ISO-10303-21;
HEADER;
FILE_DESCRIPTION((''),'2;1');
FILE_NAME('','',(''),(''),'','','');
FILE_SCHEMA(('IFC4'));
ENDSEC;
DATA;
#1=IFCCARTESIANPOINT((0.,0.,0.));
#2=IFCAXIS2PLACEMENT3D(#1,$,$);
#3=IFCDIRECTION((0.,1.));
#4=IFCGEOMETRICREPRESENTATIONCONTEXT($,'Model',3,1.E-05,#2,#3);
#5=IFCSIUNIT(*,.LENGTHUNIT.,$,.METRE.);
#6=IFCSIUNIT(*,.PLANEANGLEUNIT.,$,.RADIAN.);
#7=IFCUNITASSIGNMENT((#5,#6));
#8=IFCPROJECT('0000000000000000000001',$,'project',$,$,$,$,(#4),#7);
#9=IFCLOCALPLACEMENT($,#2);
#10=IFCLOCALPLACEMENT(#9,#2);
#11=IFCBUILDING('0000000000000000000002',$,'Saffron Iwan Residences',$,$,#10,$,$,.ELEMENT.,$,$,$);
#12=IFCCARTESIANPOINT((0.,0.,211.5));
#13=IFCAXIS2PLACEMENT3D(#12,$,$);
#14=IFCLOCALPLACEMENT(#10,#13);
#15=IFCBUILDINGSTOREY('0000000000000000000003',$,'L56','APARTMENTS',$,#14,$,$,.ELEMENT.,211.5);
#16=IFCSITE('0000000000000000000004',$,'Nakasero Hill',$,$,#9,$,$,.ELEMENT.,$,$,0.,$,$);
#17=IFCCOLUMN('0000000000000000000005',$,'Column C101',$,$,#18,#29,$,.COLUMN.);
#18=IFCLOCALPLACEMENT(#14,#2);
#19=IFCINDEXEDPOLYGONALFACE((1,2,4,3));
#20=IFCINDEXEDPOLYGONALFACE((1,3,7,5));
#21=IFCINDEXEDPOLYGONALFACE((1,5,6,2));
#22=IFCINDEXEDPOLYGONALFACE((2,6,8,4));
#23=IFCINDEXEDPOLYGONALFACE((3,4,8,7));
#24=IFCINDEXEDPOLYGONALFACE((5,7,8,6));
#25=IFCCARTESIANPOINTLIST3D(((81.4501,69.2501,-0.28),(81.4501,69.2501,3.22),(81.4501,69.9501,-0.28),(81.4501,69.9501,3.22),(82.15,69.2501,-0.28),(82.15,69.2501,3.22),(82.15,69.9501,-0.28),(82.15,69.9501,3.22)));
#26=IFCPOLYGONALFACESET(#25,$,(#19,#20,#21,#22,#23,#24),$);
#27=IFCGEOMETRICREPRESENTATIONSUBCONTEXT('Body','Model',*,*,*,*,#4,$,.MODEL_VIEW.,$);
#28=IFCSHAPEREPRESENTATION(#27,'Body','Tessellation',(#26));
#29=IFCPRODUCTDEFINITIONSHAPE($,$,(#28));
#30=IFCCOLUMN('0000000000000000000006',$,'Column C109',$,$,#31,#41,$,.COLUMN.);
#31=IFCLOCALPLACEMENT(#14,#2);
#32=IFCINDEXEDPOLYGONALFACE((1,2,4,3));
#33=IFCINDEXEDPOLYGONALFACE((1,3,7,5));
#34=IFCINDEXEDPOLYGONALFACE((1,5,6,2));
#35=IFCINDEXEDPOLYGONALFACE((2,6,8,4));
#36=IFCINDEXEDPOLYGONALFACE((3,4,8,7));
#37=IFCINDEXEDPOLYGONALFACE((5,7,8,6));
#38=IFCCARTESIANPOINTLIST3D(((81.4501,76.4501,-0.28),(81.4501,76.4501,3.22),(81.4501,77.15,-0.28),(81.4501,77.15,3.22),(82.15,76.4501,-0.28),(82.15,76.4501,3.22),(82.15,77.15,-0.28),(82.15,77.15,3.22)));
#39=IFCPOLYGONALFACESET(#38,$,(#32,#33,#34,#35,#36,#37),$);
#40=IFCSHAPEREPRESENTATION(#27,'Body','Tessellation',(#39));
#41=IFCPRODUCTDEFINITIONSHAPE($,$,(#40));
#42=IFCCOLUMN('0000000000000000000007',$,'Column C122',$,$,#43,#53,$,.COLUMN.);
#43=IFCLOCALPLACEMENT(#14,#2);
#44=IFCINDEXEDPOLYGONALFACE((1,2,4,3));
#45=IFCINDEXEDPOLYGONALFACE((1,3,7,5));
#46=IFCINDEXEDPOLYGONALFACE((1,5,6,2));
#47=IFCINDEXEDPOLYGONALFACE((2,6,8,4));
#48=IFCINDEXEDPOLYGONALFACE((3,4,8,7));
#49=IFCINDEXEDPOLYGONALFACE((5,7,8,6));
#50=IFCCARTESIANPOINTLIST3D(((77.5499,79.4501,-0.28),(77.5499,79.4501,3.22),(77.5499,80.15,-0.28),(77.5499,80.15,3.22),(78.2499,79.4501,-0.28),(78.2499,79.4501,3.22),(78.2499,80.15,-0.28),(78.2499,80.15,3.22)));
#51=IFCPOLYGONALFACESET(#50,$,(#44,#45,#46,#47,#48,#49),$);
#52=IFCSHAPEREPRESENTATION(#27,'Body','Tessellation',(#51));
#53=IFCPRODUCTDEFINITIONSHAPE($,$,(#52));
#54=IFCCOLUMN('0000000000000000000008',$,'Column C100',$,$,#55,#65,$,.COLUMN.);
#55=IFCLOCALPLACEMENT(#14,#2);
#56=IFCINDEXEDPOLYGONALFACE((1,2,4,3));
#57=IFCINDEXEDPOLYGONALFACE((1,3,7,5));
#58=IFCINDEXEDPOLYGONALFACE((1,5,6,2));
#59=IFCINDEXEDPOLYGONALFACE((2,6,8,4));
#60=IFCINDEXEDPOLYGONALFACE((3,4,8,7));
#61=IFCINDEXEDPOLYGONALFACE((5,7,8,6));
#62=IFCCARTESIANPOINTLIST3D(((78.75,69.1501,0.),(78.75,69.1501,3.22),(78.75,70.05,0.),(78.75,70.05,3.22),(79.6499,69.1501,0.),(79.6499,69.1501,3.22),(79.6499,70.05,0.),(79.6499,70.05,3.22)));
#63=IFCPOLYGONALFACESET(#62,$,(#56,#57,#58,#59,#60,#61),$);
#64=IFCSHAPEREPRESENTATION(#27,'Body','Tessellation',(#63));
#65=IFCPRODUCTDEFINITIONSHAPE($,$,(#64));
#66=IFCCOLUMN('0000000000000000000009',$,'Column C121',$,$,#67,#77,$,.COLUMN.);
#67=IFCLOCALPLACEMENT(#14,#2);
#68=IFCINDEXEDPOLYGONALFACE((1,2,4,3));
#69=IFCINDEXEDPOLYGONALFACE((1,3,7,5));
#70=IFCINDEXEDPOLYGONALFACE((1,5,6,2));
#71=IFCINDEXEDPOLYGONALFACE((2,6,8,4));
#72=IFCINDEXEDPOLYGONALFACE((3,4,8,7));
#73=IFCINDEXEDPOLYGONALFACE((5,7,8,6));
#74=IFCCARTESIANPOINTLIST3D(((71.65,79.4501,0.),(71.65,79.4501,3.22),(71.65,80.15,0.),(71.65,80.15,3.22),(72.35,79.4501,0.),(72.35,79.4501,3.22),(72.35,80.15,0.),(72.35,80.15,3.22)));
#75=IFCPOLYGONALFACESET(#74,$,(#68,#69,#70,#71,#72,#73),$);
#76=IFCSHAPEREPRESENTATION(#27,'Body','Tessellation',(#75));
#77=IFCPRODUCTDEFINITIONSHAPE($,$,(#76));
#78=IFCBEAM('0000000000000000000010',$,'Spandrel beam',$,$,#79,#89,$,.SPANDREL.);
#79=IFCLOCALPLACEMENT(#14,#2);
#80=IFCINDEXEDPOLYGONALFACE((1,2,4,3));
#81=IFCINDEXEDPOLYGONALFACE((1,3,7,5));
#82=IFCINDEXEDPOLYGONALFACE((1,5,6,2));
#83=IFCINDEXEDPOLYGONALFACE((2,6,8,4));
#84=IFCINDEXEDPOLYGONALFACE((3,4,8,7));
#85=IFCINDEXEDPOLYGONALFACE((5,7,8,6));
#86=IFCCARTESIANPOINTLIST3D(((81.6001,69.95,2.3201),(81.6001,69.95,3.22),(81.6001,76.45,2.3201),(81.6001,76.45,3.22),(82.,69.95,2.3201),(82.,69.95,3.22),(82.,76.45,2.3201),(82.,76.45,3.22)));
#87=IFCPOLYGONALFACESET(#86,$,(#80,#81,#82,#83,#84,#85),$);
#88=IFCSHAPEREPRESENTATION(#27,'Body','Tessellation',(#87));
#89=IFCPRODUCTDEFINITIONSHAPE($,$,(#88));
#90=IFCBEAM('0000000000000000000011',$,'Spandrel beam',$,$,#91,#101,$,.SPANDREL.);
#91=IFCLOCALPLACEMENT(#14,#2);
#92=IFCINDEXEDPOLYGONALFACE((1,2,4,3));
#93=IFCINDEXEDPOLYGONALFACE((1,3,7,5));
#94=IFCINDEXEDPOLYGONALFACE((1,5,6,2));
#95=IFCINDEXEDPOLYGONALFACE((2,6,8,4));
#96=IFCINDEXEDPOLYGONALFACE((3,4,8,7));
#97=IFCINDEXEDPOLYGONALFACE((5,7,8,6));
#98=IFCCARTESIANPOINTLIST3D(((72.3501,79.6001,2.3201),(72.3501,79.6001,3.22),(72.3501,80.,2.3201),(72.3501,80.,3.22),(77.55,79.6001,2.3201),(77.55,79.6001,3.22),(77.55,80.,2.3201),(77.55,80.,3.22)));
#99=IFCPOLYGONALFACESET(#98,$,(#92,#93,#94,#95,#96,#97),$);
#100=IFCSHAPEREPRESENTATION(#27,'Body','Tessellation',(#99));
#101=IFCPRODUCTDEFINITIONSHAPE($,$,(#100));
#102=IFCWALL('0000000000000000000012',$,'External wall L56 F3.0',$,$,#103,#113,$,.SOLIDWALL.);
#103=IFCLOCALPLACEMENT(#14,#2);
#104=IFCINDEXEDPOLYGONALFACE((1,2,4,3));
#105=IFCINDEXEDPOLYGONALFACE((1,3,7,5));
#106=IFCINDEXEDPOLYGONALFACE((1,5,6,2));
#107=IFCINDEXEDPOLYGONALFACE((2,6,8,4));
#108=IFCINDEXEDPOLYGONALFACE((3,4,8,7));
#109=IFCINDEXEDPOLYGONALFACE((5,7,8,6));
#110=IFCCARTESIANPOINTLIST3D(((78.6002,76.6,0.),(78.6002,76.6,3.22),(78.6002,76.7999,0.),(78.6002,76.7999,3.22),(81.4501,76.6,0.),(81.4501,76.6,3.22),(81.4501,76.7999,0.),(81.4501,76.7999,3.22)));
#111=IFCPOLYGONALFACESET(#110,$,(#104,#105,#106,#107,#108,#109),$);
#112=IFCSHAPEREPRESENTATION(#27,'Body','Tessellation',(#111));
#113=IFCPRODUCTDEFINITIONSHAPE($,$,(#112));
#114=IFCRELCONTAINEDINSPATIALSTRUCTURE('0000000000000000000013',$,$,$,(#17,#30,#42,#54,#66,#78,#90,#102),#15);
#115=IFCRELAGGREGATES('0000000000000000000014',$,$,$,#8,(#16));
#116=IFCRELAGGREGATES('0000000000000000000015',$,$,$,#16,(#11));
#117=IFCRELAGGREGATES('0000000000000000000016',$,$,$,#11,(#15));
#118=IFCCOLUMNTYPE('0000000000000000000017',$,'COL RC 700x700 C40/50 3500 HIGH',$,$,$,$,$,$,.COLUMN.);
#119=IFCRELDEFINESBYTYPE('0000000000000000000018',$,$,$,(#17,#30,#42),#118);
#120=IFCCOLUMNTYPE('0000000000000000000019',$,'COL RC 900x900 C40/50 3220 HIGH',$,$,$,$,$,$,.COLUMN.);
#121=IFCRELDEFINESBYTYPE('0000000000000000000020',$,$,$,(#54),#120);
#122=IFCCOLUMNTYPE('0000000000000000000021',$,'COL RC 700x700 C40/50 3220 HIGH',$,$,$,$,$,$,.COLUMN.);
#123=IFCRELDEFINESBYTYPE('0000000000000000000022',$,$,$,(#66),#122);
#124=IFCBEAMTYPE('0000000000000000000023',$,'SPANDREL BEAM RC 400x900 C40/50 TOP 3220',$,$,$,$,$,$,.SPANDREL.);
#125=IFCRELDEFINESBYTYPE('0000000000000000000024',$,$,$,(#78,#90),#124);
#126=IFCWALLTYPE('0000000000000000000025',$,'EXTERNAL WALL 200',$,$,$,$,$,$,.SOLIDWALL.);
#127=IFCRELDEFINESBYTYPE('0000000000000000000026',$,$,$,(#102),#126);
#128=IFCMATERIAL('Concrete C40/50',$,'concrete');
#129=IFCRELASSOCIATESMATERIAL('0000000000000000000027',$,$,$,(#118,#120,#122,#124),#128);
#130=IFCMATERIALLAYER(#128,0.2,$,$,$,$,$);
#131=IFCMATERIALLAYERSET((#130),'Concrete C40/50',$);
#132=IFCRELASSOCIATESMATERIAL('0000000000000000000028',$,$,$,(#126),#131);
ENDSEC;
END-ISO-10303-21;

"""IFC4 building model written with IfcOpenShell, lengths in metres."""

from ifc_helpers import new_model, si_unit, direction, frame, frame_2d, origin, origin_2d, place, context, subcontext, project, spatial, rectangle, extrude, source, transform, mapped, material, layer, layer_set, material_profile, profile_set, type_object, element, save


model = new_model("IFC4")

# Units and contexts
model_context = context("Model", 3, precision=1e-05, world=origin(), true_north=direction((0.0, 1.0)))
body_context = subcontext(model_context, "Body", "Model", "MODEL_VIEW")
ifc_project = project(units=[si_unit("LENGTHUNIT", "METRE"), si_unit("PLANEANGLEUNIT", "RADIAN")], contexts=[model_context])

# Site, building, storey
site_placement = place(None, origin())
site = spatial("IfcSite", under=ifc_project, at=site_placement, Name="Nakasero Hill", CompositionType="ELEMENT", RefElevation=0.0)
building_placement = place(site_placement, origin())
building = spatial("IfcBuilding", under=site, at=building_placement, Name="Saffron Iwan Residences", CompositionType="ELEMENT")
storey_placement = place(building_placement, frame((0.0, 0.0, 211.5)))
storey = spatial("IfcBuildingStorey", under=building, at=storey_placement, Name="L56", Description="APARTMENTS", CompositionType="ELEMENT", Elevation=211.5)

# Columns
ifc_material_1 = material(Name="Concrete C40/50", Category="concrete")
ifc_material_profile_1 = material_profile(ifc_material_1, rectangle(XDim=0.7, YDim=0.7, at=origin_2d()), Name="RC 700x700")
ifc_profile_set_1 = profile_set([ifc_material_profile_1], Name="Concrete C40/50")
column_type_1 = type_object("IfcColumnType", Name="COL RC 700x700 C40/50 3500 HIGH", PredefinedType="COLUMN", material=ifc_profile_set_1)
shared_shape_1 = source(origin(), body_context, "Body", "SweptSolid", [
    extrude(rectangle(XDim=0.7, YDim=0.7, at=origin_2d()), origin(), (0.0, 0.0, 1.0), 3.5),
])
for number, where, z_axis, x_axis, name in (
    (1, (81.8, 69.6001, -0.28), (0.0, 0.0, 1.0), (1.0, 0.0, 0.0), "Column C101"),
    (2, (81.8, 76.8, -0.28), (0.0, 0.0, 1.0), (1.0, 0.0, 0.0), "Column C109"),
    (3, (77.8999, 79.8, -0.28), (0.0, 0.0, 1.0), (1.0, 0.0, 0.0), "Column C122"),
):
    element("IfcColumn", number, at=place(storey_placement, frame(where, z_axis=z_axis, x_axis=x_axis)), inside=storey, type_object=column_type_1, Name=name, PredefinedType="COLUMN", context=body_context, shape_type="MappedRepresentation", body=[
        mapped(shared_shape_1, transform((0.0, 0.0, 0.0))),
    ])
ifc_material_profile_2 = material_profile(ifc_material_1, rectangle(XDim=0.8999, YDim=0.8999, at=origin_2d()), Name="RC 900x900")
ifc_profile_set_2 = profile_set([ifc_material_profile_2], Name="Concrete C40/50")
column_type_2 = type_object("IfcColumnType", Name="COL RC 900x900 C40/50 3220 HIGH", PredefinedType="COLUMN", material=ifc_profile_set_2)
shared_shape_2 = source(origin(), body_context, "Body", "SweptSolid", [
    extrude(rectangle(XDim=0.8999, YDim=0.8999, at=origin_2d()), origin(), (0.0, 0.0, 1.0), 3.22),
])
column_1_placement = place(storey_placement, frame((79.2, 69.6001, 0.0), z_axis=(0.0, 0.0, 1.0), x_axis=(1.0, 0.0, 0.0)))
element("IfcColumn", 4, at=column_1_placement, inside=storey, type_object=column_type_2, Name="Column C100", PredefinedType="COLUMN", context=body_context, shape_type="MappedRepresentation", body=[
    mapped(shared_shape_2, transform((0.0, 0.0, 0.0))),
])
ifc_material_profile_3 = material_profile(ifc_material_1, rectangle(XDim=0.7, YDim=0.7, at=origin_2d()), Name="RC 700x700")
ifc_profile_set_3 = profile_set([ifc_material_profile_3], Name="Concrete C40/50")
column_type_3 = type_object("IfcColumnType", Name="COL RC 700x700 C40/50 3220 HIGH", PredefinedType="COLUMN", material=ifc_profile_set_3)
shared_shape_3 = source(origin(), body_context, "Body", "SweptSolid", [
    extrude(rectangle(XDim=0.7, YDim=0.7, at=origin_2d()), origin(), (0.0, 0.0, 1.0), 3.22),
])
column_2_placement = place(storey_placement, frame((72.0, 79.8, 0.0), z_axis=(0.0, 0.0, 1.0), x_axis=(1.0, 0.0, 0.0)))
element("IfcColumn", 5, at=column_2_placement, inside=storey, type_object=column_type_3, Name="Column C121", PredefinedType="COLUMN", context=body_context, shape_type="MappedRepresentation", body=[
    mapped(shared_shape_3, transform((0.0, 0.0, 0.0))),
])

# Beams
ifc_material_profile_4 = material_profile(ifc_material_1, rectangle(XDim=0.3999, YDim=0.8999, at=origin_2d()), Name="RC 400x900")
ifc_profile_set_4 = profile_set([ifc_material_profile_4], Name="Concrete C40/50")
beam_type = type_object("IfcBeamType", Name="SPANDREL BEAM RC 400x900 C40/50 TOP 3220", PredefinedType="SPANDREL", material=ifc_profile_set_4)
shared_shape_4 = source(origin(), body_context, "Body", "SweptSolid", [
    extrude(rectangle(XDim=0.3999, YDim=0.8999, at=origin_2d()), origin(), (0.0, 0.0, 1.0), 6.5),
])
beam_1_placement = place(storey_placement, frame((81.8, 76.45, 2.77), z_axis=(0.0, -1.0, 0.0), x_axis=(1.0, 0.0, 0.0)))
element("IfcBeam", 6, at=beam_1_placement, inside=storey, type_object=beam_type, Name="Spandrel beam", PredefinedType="SPANDREL", context=body_context, shape_type="MappedRepresentation", body=[
    mapped(shared_shape_4, transform((0.0, 0.0, 0.0))),
])
shared_shape_5 = source(origin(), body_context, "Body", "SweptSolid", [
    extrude(rectangle(XDim=0.3999, YDim=0.8999, at=origin_2d()), origin(), (0.0, 0.0, 1.0), 5.2),
])
beam_2_placement = place(storey_placement, frame((72.3501, 79.8, 2.77), z_axis=(1.0, 0.0, 0.0), x_axis=(0.0, 1.0, 0.0)))
element("IfcBeam", 7, at=beam_2_placement, inside=storey, type_object=beam_type, Name="Spandrel beam", PredefinedType="SPANDREL", context=body_context, shape_type="MappedRepresentation", body=[
    mapped(shared_shape_5, transform((0.0, 0.0, 0.0))),
])

# Wall
ifc_layer_1 = layer(ifc_material_1, 0.2)
ifc_layer_set_1 = layer_set([ifc_layer_1], Name="Concrete C40/50")
wall_type_1 = type_object("IfcWallType", Name="EXTERNAL WALL 200", PredefinedType="SOLIDWALL", material=ifc_layer_set_1)
wall_1_placement = place(storey_placement, frame((81.45, 76.7, 0.0), z_axis=(0.0, 0.0, 1.0), x_axis=(-1.0, 0.0, 0.0)))
element("IfcWall", 8, at=wall_1_placement, inside=storey, type_object=wall_type_1, Name="External wall L56 F3.0", PredefinedType="SOLIDWALL", context=body_context, shape_type="SweptSolid", body=[
    extrude(rectangle(XDim=2.8499, YDim=0.2, at=frame_2d((1.4248, 0.0))), origin(), (0.0, 0.0, 1.0), 3.22),
])

save(model, "model.ifc")
